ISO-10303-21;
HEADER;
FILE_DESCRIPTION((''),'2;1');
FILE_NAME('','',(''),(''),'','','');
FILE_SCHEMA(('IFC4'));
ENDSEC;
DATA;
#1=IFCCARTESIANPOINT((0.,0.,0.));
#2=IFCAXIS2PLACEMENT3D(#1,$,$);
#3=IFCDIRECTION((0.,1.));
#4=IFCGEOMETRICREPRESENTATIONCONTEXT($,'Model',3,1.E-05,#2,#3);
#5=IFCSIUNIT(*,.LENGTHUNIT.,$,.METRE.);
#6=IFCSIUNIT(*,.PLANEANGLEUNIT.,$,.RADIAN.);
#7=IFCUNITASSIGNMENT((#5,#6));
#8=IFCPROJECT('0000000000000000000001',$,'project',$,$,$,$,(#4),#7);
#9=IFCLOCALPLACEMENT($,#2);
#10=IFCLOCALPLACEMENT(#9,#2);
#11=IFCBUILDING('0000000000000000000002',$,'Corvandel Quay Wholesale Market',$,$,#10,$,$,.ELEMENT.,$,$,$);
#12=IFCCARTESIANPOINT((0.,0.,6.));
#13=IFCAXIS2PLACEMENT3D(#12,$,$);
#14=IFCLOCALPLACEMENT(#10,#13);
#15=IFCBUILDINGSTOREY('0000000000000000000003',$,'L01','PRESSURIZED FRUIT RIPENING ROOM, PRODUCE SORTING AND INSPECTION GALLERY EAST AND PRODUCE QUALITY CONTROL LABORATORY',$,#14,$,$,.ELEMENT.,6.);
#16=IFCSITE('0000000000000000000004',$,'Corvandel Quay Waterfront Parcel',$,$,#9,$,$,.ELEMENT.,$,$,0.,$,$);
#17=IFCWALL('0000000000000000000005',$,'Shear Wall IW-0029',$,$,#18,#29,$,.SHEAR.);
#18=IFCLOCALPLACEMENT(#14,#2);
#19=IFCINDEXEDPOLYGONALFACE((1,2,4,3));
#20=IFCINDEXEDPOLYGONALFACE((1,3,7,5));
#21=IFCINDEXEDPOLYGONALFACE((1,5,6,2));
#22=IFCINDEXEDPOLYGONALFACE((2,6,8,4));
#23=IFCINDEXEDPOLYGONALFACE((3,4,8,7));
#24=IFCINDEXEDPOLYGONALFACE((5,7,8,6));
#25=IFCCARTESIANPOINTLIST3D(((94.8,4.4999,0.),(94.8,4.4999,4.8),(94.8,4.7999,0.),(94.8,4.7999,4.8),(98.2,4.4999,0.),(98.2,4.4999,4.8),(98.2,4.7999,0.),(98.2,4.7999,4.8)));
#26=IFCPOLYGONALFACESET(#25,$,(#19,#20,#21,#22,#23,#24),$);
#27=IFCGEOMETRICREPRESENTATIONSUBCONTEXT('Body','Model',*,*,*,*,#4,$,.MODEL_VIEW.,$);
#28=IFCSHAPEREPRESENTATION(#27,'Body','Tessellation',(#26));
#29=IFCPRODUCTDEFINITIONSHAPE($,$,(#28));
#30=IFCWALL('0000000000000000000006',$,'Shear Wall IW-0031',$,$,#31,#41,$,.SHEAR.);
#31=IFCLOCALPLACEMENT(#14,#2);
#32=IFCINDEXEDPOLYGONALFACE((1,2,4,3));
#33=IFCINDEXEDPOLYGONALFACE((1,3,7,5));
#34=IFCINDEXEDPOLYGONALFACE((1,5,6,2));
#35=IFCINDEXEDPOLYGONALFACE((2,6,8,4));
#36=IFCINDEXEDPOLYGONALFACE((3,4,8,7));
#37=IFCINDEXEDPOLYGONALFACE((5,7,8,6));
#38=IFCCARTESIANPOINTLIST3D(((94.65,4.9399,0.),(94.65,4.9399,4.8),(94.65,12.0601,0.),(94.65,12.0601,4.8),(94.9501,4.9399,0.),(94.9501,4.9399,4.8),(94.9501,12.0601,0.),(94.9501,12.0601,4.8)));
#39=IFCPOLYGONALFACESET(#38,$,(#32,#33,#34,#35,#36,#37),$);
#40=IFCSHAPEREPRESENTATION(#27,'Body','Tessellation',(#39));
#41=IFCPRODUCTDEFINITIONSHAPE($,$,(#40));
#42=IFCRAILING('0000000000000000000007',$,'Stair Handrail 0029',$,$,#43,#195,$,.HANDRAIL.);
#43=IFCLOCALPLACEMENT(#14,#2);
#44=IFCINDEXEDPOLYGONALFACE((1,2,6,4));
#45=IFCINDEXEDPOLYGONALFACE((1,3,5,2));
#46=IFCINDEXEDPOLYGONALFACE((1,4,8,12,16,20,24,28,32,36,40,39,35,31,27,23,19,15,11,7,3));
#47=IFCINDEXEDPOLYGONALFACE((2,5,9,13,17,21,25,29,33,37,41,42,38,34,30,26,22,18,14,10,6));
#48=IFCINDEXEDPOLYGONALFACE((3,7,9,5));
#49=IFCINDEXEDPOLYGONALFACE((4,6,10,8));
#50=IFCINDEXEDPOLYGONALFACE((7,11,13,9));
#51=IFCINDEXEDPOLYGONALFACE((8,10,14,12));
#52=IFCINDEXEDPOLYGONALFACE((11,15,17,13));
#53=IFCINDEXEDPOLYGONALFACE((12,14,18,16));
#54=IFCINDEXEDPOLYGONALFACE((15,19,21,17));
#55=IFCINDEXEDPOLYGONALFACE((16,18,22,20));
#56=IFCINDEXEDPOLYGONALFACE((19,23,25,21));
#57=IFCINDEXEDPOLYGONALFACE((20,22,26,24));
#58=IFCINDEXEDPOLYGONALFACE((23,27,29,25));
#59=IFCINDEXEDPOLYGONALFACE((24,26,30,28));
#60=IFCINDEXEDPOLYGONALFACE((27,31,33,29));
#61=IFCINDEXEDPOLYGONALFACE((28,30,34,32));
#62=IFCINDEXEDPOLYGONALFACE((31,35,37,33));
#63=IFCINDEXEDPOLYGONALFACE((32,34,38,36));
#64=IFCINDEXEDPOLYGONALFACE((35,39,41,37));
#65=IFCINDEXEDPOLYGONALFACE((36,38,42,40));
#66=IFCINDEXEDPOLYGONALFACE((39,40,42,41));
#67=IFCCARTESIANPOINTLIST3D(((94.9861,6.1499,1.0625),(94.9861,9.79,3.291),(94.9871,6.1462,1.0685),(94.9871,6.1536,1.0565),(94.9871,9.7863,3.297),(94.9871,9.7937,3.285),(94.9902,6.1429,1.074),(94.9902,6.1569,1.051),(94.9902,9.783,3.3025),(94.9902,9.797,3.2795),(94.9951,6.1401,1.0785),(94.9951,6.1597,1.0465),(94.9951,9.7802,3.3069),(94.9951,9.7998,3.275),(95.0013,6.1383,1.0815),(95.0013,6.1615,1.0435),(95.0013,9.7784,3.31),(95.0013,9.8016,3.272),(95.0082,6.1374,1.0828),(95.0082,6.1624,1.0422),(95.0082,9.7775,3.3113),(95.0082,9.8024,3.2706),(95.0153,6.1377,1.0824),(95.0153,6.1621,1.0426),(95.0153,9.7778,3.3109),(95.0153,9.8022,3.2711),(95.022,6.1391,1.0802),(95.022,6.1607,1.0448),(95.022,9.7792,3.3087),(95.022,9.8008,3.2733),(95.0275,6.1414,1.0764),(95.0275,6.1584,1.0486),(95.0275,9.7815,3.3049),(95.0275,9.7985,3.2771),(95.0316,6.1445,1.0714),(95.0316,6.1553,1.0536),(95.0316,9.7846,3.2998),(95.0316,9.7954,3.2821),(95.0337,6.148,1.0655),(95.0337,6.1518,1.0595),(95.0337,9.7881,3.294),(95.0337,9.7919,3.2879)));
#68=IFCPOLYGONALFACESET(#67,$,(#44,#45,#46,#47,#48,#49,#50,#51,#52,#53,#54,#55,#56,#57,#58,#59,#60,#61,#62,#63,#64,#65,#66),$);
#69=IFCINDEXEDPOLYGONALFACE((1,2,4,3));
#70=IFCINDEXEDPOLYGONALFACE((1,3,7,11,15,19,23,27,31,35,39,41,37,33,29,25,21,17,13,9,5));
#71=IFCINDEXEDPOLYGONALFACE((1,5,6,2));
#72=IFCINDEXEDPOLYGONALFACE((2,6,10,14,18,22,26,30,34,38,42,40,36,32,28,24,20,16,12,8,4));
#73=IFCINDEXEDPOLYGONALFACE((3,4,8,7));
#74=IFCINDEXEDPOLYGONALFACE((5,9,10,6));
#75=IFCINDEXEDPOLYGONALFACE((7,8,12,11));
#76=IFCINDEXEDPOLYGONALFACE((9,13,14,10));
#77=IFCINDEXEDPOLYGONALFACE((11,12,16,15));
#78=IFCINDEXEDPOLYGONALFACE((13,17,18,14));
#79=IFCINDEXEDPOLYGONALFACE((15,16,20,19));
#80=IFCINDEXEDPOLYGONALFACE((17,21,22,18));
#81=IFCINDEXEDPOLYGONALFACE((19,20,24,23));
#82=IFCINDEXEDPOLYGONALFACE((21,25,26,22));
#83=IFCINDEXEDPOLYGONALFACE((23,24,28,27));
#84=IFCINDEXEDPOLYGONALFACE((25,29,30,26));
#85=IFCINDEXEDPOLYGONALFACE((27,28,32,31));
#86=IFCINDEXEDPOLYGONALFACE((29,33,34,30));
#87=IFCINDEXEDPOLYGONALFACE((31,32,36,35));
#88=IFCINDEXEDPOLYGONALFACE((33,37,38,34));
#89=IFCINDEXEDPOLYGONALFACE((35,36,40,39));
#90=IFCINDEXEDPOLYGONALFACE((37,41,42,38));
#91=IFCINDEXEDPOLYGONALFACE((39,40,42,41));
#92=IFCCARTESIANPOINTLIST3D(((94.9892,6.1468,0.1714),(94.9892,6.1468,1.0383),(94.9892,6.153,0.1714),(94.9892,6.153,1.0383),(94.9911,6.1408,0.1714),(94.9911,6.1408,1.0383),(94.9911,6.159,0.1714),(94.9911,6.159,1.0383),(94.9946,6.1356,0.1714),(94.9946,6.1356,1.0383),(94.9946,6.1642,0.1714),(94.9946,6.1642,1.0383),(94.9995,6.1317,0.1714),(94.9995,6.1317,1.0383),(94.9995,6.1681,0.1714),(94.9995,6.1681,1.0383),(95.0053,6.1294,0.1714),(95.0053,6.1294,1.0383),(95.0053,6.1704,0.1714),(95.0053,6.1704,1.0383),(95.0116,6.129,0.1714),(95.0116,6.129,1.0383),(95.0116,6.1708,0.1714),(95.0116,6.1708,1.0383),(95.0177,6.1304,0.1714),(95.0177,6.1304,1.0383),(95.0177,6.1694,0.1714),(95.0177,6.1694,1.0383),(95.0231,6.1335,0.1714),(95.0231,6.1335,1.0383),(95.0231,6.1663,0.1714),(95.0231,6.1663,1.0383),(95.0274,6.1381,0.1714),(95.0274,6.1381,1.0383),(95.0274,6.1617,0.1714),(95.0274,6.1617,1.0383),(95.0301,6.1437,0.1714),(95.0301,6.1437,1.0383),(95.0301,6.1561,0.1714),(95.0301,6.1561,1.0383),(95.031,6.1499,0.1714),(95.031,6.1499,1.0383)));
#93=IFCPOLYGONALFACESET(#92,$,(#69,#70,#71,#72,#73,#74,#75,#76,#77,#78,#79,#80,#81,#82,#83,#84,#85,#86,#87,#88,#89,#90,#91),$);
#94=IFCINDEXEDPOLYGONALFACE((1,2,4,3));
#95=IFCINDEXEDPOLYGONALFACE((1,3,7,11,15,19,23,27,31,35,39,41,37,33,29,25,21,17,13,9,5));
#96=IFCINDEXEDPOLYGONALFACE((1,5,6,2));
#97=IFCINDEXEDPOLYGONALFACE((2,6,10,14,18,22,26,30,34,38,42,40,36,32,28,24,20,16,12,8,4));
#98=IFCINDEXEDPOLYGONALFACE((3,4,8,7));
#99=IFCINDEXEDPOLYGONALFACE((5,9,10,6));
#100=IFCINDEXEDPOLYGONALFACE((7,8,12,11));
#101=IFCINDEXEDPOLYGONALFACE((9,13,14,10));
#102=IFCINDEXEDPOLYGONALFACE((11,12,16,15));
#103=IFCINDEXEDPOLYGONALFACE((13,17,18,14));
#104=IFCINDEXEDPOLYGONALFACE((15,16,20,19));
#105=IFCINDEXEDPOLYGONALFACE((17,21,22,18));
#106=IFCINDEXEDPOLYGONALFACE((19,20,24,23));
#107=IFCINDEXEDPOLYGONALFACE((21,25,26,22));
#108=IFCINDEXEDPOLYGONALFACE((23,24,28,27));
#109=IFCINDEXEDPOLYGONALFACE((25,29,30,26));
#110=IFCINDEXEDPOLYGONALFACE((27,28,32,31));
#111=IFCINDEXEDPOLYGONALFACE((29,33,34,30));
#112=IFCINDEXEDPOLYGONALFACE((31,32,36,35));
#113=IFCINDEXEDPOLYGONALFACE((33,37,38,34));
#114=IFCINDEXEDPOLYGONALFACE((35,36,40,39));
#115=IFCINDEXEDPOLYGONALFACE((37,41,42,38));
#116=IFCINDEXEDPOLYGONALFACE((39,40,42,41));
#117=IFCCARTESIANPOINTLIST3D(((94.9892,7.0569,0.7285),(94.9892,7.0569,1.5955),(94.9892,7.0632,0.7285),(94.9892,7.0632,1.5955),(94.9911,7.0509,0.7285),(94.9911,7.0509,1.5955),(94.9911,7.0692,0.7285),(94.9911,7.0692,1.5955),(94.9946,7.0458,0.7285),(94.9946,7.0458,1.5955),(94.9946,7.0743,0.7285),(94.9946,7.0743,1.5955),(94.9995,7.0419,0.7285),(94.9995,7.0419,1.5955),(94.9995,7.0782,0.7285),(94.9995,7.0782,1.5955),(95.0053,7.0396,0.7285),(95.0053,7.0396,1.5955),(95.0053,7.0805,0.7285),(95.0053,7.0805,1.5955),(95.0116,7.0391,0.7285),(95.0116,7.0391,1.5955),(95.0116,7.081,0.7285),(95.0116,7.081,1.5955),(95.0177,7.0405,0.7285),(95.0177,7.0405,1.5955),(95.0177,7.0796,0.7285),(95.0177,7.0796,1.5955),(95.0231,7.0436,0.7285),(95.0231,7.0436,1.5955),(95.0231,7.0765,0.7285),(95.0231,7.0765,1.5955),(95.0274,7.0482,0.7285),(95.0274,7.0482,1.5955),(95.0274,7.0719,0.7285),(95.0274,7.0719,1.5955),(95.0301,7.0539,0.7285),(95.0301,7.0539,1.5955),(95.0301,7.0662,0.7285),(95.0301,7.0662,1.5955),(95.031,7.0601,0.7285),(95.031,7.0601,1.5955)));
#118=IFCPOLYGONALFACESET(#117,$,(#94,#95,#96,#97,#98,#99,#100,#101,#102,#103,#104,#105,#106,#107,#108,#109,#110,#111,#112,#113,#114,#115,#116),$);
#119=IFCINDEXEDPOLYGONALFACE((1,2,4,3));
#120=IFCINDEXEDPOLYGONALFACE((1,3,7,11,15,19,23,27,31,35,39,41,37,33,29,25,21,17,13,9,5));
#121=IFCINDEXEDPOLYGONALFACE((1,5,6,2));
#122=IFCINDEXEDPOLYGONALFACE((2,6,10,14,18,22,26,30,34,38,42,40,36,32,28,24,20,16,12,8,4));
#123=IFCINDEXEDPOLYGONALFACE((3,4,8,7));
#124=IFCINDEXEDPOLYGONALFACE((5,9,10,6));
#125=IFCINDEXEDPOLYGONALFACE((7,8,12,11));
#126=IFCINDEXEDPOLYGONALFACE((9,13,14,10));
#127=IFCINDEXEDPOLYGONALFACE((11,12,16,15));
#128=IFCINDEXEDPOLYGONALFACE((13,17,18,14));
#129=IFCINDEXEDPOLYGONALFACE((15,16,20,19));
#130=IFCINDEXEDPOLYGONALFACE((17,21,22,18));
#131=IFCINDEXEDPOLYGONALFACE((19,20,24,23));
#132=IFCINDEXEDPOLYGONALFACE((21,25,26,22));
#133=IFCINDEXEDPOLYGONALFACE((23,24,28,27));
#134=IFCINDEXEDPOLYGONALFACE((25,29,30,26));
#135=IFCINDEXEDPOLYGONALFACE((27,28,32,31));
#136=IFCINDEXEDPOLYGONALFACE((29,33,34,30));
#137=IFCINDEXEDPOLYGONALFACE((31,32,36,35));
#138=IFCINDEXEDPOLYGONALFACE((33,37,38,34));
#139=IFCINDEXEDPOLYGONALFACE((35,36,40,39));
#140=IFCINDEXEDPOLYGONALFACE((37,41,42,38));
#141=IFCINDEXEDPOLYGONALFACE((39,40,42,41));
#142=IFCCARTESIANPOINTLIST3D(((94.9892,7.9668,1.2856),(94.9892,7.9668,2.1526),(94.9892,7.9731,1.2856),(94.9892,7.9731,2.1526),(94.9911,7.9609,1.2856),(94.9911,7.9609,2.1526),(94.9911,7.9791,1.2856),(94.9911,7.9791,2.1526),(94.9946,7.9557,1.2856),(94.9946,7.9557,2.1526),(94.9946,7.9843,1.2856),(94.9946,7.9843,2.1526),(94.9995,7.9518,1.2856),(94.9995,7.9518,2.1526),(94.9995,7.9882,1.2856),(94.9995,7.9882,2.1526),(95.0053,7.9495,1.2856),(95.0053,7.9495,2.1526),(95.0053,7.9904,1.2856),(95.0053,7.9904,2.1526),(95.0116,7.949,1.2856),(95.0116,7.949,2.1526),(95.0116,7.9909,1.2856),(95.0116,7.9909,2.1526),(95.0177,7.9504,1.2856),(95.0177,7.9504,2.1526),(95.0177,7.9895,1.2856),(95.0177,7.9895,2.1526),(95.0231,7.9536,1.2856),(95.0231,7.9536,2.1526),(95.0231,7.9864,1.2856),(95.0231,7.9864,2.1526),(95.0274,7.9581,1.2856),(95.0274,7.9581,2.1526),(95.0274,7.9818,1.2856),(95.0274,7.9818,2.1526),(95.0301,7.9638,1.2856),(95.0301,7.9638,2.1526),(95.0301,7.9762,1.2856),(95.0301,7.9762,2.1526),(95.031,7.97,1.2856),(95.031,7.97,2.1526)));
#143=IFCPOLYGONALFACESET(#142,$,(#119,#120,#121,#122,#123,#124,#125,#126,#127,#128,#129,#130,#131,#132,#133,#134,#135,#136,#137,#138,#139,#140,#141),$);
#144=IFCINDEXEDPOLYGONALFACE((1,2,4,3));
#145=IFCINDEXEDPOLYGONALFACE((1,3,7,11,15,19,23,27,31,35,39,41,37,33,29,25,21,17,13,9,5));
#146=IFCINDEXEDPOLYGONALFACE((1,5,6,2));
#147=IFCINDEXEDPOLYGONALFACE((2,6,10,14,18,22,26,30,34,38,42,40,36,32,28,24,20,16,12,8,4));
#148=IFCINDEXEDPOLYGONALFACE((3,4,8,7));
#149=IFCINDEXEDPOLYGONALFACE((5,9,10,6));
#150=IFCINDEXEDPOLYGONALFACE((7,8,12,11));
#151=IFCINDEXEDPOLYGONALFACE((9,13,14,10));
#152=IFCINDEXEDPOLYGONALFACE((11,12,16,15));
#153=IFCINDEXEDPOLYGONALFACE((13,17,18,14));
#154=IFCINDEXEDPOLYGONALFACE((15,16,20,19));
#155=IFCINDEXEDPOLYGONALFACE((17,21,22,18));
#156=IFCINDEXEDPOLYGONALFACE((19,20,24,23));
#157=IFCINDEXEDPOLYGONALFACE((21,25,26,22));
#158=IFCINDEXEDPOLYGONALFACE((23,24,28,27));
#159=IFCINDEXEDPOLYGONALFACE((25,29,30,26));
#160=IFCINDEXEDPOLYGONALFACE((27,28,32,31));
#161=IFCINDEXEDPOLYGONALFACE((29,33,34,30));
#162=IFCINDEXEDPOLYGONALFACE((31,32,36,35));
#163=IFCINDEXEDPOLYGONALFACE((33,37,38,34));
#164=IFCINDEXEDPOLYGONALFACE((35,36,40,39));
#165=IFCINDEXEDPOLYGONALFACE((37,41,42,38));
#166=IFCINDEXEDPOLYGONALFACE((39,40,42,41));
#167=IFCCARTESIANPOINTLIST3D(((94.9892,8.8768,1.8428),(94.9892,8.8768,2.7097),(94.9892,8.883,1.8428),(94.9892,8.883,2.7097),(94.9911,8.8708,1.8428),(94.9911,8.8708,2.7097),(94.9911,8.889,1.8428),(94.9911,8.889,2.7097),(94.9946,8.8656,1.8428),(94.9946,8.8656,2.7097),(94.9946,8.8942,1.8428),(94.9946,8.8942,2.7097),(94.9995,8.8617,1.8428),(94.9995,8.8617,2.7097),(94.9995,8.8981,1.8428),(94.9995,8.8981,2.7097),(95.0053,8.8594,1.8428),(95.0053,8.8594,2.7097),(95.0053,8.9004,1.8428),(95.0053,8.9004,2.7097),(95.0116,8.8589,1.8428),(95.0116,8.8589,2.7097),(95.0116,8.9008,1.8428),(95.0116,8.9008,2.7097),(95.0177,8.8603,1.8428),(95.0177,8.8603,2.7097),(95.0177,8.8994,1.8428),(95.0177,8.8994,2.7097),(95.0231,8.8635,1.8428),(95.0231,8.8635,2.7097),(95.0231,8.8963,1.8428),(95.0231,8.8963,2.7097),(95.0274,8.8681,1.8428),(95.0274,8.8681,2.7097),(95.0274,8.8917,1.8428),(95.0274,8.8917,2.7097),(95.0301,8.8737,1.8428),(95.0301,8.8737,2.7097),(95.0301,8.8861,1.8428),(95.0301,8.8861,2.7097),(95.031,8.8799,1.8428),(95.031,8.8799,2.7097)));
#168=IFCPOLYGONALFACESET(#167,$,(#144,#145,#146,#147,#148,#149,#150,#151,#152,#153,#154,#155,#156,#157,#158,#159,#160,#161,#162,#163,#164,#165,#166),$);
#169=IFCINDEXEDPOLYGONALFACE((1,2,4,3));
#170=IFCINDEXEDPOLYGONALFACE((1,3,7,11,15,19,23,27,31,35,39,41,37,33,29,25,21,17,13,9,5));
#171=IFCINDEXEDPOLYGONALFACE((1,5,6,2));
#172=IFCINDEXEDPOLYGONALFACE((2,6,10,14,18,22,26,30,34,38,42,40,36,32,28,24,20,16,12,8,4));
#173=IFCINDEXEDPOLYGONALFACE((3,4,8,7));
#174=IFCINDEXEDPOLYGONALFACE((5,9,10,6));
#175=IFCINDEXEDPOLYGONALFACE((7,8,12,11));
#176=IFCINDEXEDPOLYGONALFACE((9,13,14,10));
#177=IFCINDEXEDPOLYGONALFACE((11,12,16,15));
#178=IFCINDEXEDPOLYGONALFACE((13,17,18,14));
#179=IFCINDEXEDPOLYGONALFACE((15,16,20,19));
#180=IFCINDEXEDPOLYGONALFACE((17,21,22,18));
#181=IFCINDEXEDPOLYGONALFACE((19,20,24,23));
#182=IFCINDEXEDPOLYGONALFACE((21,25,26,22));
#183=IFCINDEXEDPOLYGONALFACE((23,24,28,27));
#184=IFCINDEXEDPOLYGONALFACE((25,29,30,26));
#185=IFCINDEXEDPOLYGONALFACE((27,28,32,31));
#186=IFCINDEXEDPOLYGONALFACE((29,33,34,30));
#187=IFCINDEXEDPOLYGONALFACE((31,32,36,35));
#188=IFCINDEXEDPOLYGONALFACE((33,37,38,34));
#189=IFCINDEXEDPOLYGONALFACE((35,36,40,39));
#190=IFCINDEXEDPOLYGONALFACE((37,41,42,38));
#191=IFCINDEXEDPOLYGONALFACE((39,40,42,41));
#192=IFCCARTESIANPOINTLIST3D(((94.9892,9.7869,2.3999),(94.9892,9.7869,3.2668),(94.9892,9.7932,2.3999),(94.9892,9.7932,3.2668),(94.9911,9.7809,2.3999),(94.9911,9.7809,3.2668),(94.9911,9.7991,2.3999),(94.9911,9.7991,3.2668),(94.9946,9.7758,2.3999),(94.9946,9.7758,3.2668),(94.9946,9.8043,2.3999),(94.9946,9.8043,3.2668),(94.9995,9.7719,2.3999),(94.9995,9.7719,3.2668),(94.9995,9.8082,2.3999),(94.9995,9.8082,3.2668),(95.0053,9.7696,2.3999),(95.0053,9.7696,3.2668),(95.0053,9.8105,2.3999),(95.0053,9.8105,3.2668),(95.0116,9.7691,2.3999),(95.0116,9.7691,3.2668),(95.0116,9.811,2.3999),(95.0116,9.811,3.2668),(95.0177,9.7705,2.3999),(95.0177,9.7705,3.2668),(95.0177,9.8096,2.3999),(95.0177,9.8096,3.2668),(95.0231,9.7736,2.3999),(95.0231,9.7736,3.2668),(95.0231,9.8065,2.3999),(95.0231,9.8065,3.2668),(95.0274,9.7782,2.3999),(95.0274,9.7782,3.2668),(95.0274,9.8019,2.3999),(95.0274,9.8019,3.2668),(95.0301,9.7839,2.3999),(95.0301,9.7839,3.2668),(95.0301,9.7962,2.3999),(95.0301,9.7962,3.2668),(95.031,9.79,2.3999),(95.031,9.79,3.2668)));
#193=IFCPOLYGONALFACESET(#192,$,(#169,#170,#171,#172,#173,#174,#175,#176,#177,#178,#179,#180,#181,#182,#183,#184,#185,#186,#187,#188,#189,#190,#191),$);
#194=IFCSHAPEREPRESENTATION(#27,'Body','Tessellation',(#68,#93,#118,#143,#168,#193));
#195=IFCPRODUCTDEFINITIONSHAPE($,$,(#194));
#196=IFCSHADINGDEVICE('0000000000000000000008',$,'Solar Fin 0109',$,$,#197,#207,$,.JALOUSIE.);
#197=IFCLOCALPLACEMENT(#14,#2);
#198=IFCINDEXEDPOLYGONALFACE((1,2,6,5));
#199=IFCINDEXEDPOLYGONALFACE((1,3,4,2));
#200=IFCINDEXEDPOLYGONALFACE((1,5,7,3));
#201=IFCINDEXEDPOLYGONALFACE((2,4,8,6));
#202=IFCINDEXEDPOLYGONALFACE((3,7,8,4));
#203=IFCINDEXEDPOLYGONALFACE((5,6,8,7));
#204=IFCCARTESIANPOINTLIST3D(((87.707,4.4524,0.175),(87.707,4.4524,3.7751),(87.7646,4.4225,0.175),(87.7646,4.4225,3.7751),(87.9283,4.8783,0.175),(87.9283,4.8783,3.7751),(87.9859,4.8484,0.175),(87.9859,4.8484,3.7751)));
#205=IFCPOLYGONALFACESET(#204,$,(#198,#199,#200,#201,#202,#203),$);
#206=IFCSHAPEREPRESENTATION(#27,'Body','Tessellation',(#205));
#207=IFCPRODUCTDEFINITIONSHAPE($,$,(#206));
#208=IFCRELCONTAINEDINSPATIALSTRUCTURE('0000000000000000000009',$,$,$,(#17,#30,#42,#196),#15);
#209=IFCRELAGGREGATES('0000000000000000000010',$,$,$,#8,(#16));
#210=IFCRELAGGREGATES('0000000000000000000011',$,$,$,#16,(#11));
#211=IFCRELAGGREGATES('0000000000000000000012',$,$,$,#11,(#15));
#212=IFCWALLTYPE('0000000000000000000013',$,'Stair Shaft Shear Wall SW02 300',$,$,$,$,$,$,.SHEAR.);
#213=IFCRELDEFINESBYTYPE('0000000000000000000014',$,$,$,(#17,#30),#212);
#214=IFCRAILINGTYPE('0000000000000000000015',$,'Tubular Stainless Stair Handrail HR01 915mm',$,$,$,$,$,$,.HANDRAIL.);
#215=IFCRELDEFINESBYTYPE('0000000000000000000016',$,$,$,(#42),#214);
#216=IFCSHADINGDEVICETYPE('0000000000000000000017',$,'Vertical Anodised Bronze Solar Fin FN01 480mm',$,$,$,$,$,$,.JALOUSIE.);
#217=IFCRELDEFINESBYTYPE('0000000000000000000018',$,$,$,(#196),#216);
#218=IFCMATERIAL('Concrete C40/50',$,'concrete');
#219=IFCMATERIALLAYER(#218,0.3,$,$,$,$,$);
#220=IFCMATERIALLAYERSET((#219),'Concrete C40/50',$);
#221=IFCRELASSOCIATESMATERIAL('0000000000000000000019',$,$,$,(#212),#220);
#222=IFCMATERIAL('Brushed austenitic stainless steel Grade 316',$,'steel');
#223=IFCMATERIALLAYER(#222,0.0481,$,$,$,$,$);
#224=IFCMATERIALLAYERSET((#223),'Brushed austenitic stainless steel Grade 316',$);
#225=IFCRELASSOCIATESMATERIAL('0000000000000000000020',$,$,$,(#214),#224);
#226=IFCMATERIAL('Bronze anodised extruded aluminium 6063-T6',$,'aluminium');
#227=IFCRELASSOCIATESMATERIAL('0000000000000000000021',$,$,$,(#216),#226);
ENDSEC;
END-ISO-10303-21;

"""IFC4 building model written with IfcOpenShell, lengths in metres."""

from ifc_helpers import new_model, si_unit, direction, frame, frame_2d, origin, origin_2d, place, context, subcontext, project, spatial, rectangle, circle, extrude, material, layer, layer_set, type_object, element, save


model = new_model("IFC4")

# Units and contexts
model_context = context("Model", 3, precision=1e-05, world=origin(), true_north=direction((0.0, 1.0)))
body_context = subcontext(model_context, "Body", "Model", "MODEL_VIEW")
ifc_project = project(units=[si_unit("LENGTHUNIT", "METRE"), si_unit("PLANEANGLEUNIT", "RADIAN")], contexts=[model_context])

# Site, building, storey
site_placement = place(None, origin())
site = spatial("IfcSite", under=ifc_project, at=site_placement, Name="Corvandel Quay Waterfront Parcel", CompositionType="ELEMENT", RefElevation=0.0)
building_placement = place(site_placement, origin())
building = spatial("IfcBuilding", under=site, at=building_placement, Name="Corvandel Quay Wholesale Market", CompositionType="ELEMENT")
storey_placement = place(building_placement, frame((0.0, 0.0, 6.0)))
storey = spatial("IfcBuildingStorey", under=building, at=storey_placement, Name="L01", Description="PRESSURIZED FRUIT RIPENING ROOM, PRODUCE SORTING AND INSPECTION GALLERY EAST AND PRODUCE QUALITY CONTROL LABORATORY", CompositionType="ELEMENT", Elevation=6.0)

# Walls
ifc_material_1 = material(Name="Concrete C40/50", Category="concrete")
ifc_layer_1 = layer(ifc_material_1, 0.3)
ifc_layer_set_1 = layer_set([ifc_layer_1], Name="Concrete C40/50")
wall_type_1 = type_object("IfcWallType", Name="Stair Shaft Shear Wall SW02 300", PredefinedType="SHEAR", material=ifc_layer_set_1)
wall_1_placement = place(storey_placement, frame((94.8, 4.6499, 0.0), z_axis=(0.0, 0.0, 1.0), x_axis=(1.0, 0.0, 0.0)))
element("IfcWall", 1, at=wall_1_placement, inside=storey, type_object=wall_type_1, Name="Shear Wall IW-0029", PredefinedType="SHEAR", context=body_context, shape_type="SweptSolid", body=[
    extrude(rectangle(XDim=3.3999, YDim=0.3, at=frame_2d((1.7, 0.0))), origin(), (0.0, 0.0, 1.0), 4.8),
])
wall_2_placement = place(storey_placement, frame((94.8, 4.9399, 0.0), z_axis=(0.0, 0.0, 1.0), x_axis=(0.0, 1.0, 0.0)))
element("IfcWall", 2, at=wall_2_placement, inside=storey, type_object=wall_type_1, Name="Shear Wall IW-0031", PredefinedType="SHEAR", context=body_context, shape_type="SweptSolid", body=[
    extrude(rectangle(XDim=7.1201, YDim=0.3, at=frame_2d((3.5601, 0.0))), origin(), (0.0, 0.0, 1.0), 4.8),
])

# Railing
ifc_material_2 = material(Name="Brushed austenitic stainless steel Grade 316", Category="steel")
ifc_layer_2 = layer(ifc_material_2, 0.0481)
ifc_layer_set_2 = layer_set([ifc_layer_2], Name="Brushed austenitic stainless steel Grade 316")
railing_type = type_object("IfcRailingType", Name="Tubular Stainless Stair Handrail HR01 915mm", PredefinedType="HANDRAIL", material=ifc_layer_set_2)
railing_placement = place(storey_placement, frame((95.01, 6.1499, 0.1714)))
element("IfcRailing", 3, at=railing_placement, inside=storey, type_object=railing_type, Name="Stair Handrail 0029", PredefinedType="HANDRAIL", context=body_context, shape_type="SweptSolid", body=[
    extrude(circle(Radius=0.0239, at=origin_2d()), frame((0.0, 0.0, 0.8911), z_axis=(0.0, 0.852866, 0.52213), x_axis=(-1.0, 0.0, 0.0)), (0.0, 0.0, 1.0), 4.2681),
    extrude(circle(Radius=0.021, at=origin_2d()), origin(), (0.0, 0.0, 1.0), 0.8669),
    extrude(circle(Radius=0.021, at=origin_2d()), frame((0.0, 0.9102, 0.5571)), (0.0, 0.0, 1.0), 0.8669),
    extrude(circle(Radius=0.021, at=origin_2d()), frame((0.0, 1.8201, 1.1143)), (0.0, 0.0, 1.0), 0.8669),
    extrude(circle(Radius=0.021, at=origin_2d()), frame((0.0, 2.73, 1.6714)), (0.0, 0.0, 1.0), 0.8669),
    extrude(circle(Radius=0.021, at=origin_2d()), frame((0.0, 3.6401, 2.2285)), (0.0, 0.0, 1.0), 0.8669),
])

# Shading device
ifc_material_3 = material(Name="Bronze anodised extruded aluminium 6063-T6", Category="aluminium")
shading_device_type = type_object("IfcShadingDeviceType", Name="Vertical Anodised Bronze Solar Fin FN01 480mm", PredefinedType="JALOUSIE", material=ifc_material_3)
shading_device_placement = place(storey_placement, frame((87.8464, 4.6504, 0.175), z_axis=(0.0, 0.0, 1.0), x_axis=(0.461129, 0.887333, 0.0)))
element("IfcShadingDevice", 4, at=shading_device_placement, inside=storey, type_object=shading_device_type, Name="Solar Fin 0109", PredefinedType="JALOUSIE", context=body_context, shape_type="SweptSolid", body=[
    extrude(rectangle(XDim=0.48, YDim=0.0649, at=origin_2d()), origin(), (0.0, 0.0, 1.0), 3.6001),
])

save(model, "model.ifc")
